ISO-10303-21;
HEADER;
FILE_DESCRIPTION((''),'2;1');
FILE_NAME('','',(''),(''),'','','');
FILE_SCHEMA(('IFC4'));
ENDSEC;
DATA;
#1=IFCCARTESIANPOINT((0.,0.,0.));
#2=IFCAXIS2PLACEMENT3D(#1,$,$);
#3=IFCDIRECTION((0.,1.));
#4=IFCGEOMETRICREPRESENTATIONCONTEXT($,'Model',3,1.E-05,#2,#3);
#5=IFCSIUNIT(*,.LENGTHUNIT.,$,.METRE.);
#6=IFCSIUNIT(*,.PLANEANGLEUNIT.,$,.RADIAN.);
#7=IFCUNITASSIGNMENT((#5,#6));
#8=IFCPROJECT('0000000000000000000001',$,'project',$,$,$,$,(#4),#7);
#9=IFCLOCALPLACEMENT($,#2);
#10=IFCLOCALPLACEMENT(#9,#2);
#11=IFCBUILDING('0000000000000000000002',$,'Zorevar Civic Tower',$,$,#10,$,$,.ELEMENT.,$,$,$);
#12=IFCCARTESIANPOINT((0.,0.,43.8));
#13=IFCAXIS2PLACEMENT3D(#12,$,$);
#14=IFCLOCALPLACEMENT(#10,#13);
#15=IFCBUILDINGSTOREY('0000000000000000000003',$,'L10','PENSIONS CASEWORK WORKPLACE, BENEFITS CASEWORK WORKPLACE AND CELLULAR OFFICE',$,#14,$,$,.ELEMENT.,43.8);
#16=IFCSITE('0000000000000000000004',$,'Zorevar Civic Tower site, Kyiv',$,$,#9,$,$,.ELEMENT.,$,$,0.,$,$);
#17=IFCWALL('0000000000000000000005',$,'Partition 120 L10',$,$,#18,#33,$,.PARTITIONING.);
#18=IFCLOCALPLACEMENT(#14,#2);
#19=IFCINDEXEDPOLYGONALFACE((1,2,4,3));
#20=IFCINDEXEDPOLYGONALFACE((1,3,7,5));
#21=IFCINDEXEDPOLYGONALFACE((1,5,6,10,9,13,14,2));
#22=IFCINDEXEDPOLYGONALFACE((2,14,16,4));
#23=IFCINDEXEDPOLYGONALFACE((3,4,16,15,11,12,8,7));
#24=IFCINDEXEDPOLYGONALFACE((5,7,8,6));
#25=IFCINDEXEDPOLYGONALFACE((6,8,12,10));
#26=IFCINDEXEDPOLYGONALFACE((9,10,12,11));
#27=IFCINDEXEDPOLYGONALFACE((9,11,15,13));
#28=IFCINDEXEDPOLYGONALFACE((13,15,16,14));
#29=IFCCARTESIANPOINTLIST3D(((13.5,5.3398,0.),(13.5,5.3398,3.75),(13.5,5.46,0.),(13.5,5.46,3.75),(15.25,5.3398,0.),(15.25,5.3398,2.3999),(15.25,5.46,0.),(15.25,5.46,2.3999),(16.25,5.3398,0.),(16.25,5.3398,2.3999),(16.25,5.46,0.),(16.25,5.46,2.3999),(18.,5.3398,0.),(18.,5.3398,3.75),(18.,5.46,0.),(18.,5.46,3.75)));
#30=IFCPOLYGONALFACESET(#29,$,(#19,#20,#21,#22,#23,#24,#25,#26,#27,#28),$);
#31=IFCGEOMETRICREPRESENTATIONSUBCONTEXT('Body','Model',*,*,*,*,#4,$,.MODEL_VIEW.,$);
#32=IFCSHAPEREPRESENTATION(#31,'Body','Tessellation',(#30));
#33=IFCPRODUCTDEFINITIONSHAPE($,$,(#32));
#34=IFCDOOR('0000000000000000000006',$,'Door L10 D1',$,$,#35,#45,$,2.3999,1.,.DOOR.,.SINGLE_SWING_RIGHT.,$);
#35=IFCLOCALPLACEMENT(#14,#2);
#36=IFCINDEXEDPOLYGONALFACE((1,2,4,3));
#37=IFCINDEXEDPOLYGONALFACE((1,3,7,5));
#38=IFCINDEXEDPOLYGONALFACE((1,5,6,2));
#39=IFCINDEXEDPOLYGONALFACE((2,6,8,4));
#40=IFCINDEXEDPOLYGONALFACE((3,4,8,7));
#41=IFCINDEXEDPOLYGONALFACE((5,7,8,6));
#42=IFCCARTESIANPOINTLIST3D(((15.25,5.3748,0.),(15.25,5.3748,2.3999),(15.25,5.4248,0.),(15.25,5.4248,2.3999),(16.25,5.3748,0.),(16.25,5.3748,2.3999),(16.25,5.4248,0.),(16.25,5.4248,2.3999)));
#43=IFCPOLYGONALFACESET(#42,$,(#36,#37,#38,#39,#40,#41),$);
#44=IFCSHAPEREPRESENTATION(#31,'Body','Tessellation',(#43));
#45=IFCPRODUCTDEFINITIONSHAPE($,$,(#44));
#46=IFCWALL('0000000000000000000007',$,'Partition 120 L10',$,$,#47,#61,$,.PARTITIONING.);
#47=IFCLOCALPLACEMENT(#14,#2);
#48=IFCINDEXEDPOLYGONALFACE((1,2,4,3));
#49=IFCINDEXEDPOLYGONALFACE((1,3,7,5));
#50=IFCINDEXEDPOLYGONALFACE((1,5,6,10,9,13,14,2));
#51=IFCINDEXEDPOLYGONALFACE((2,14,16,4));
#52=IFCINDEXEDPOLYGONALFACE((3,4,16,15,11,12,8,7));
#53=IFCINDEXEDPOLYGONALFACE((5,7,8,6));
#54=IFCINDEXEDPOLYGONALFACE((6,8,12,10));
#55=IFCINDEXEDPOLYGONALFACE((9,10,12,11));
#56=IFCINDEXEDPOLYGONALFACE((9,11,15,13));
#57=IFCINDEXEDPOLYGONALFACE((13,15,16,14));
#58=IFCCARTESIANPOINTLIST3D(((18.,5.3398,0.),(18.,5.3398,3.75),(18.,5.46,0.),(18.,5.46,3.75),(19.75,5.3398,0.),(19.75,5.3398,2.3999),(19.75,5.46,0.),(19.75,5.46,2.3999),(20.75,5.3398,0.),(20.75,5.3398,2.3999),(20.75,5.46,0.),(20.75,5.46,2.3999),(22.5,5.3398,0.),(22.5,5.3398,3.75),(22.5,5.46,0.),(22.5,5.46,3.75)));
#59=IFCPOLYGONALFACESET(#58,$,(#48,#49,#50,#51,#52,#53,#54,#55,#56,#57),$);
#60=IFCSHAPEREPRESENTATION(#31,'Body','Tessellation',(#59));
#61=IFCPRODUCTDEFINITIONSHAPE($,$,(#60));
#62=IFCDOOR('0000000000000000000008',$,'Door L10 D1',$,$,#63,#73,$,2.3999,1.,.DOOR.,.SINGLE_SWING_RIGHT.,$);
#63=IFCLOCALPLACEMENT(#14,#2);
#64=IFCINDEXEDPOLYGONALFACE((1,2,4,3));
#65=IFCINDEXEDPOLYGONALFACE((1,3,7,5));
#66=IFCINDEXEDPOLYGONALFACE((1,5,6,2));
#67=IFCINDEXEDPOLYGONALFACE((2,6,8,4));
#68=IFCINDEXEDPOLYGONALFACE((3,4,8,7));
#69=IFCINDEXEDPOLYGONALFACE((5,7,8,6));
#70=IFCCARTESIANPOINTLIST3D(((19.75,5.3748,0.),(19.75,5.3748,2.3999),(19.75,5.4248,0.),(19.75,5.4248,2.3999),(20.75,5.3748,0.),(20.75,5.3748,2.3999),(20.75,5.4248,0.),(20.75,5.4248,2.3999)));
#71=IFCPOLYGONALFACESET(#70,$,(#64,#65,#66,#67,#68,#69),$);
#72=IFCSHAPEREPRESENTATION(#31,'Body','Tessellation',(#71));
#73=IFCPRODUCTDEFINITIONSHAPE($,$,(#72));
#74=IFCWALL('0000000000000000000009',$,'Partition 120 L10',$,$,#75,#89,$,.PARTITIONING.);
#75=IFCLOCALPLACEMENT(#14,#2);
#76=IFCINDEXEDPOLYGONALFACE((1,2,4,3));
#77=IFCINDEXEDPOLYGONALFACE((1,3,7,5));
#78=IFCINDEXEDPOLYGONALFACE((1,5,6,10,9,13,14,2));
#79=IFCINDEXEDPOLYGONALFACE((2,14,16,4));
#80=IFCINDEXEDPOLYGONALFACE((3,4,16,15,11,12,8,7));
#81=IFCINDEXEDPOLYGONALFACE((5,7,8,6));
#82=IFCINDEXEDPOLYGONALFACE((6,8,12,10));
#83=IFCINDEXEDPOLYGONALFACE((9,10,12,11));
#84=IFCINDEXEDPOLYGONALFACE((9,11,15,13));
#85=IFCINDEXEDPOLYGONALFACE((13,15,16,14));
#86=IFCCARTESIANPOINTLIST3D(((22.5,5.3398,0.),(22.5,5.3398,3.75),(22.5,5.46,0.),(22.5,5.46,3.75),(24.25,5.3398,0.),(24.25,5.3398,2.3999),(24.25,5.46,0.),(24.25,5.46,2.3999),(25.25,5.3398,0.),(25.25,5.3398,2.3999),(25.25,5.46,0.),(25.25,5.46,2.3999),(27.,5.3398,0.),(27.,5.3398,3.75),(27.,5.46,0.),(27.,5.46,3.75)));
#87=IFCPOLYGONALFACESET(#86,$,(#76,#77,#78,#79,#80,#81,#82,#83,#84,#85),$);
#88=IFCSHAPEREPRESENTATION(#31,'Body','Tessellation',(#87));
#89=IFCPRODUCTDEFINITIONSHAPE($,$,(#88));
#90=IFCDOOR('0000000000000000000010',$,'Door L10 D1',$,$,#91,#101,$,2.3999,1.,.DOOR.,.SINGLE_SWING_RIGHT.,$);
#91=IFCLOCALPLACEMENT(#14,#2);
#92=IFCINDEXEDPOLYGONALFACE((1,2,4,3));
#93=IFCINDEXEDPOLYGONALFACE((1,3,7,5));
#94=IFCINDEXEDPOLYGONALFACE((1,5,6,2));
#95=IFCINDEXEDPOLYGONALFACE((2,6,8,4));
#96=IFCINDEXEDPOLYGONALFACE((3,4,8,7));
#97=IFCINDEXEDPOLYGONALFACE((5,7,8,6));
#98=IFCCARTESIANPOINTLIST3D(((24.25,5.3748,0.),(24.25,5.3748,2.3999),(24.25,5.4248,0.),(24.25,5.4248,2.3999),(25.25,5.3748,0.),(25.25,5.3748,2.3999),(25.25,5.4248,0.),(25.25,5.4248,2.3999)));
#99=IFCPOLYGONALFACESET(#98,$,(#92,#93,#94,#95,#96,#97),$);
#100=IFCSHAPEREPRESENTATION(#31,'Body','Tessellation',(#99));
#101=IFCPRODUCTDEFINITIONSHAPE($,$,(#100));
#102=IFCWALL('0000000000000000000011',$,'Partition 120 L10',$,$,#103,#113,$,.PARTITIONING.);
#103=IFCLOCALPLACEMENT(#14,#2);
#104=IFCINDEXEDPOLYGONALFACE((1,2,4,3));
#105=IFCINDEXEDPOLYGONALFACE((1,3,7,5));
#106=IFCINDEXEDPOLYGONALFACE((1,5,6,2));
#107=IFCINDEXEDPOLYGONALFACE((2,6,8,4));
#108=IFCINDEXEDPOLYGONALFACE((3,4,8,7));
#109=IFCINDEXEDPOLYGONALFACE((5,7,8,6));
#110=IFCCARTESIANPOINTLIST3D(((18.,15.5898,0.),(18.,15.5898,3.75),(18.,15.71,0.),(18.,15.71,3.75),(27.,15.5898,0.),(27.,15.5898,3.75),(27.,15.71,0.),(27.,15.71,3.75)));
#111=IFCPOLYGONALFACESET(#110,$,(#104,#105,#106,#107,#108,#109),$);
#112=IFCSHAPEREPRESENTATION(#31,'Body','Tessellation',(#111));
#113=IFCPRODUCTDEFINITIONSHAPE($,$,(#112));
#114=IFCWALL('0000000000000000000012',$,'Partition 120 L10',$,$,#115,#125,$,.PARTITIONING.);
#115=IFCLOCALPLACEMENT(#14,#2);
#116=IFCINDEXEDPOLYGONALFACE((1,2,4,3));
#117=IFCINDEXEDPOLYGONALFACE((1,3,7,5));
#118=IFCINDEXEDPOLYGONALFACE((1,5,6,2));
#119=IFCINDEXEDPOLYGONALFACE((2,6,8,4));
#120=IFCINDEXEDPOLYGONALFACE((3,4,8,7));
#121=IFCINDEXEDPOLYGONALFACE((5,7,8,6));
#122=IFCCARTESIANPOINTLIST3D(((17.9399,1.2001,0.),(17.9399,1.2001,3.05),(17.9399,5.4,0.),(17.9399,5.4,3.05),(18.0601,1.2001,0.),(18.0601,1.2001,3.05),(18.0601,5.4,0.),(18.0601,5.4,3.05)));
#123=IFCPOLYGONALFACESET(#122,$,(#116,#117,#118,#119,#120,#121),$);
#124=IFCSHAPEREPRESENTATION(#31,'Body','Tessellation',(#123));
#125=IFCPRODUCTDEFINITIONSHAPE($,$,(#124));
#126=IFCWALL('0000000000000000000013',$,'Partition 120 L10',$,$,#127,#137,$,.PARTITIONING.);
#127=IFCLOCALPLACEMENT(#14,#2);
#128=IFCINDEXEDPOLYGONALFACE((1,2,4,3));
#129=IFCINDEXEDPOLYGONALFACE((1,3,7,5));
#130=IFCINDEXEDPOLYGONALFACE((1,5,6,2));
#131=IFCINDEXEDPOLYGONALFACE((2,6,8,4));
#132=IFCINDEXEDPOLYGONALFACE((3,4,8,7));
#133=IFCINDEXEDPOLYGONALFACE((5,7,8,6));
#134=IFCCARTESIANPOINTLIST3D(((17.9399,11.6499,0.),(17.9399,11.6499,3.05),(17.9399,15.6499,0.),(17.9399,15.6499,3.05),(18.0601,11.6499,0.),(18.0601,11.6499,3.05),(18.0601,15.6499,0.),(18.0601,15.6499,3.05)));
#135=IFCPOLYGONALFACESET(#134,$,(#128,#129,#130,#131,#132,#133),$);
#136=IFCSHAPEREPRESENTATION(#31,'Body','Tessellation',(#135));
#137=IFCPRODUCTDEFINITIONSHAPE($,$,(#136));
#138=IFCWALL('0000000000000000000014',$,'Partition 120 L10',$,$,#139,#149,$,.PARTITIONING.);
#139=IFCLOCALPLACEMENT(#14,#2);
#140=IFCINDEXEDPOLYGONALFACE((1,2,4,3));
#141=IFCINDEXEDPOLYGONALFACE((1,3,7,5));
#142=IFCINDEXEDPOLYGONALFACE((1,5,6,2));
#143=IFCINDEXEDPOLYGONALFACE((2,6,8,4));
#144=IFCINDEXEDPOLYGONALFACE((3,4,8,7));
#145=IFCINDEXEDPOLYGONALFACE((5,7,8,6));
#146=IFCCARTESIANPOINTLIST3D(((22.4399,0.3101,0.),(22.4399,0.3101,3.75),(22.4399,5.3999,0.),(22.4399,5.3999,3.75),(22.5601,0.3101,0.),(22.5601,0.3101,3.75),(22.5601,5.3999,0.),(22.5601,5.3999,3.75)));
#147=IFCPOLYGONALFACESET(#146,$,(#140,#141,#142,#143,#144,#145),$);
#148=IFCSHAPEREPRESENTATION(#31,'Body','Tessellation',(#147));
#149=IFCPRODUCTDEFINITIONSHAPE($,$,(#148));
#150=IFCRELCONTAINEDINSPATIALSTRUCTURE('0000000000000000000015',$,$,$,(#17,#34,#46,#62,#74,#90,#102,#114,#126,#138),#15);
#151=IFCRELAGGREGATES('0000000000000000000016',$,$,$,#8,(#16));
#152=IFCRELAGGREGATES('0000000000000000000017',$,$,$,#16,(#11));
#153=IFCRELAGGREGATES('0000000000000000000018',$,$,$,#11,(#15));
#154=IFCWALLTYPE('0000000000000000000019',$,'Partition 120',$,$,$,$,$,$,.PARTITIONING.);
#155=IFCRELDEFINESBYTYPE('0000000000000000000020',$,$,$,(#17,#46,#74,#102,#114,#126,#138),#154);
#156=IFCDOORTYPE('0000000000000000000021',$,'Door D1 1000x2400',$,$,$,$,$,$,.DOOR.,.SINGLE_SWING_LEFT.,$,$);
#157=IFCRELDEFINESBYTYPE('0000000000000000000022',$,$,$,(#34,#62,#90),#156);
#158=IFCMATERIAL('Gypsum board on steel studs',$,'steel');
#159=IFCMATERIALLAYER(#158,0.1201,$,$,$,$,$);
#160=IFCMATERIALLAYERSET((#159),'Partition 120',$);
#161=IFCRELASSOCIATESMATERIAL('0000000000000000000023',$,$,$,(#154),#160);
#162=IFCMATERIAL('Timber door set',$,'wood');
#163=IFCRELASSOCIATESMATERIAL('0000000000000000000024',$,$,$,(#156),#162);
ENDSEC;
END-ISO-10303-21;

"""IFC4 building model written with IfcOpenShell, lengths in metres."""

from ifc_helpers import new_model, si_unit, direction, frame, frame_2d, origin, place, context, subcontext, project, spatial, rectangle, extrude, material, layer, layer_set, type_object, element, fill, save


model = new_model("IFC4")

# Units and contexts
model_context = context("Model", 3, precision=1e-05, world=origin(), true_north=direction((0.0, 1.0)))
body_context = subcontext(model_context, "Body", "Model", "MODEL_VIEW")
ifc_project = project(units=[si_unit("LENGTHUNIT", "METRE"), si_unit("PLANEANGLEUNIT", "RADIAN")], contexts=[model_context])

# Site, building, storey
site_placement = place(None, origin())
site = spatial("IfcSite", under=ifc_project, at=site_placement, Name="Zorevar Civic Tower site, Kyiv", CompositionType="ELEMENT", RefElevation=0.0)
building_placement = place(site_placement, origin())
building = spatial("IfcBuilding", under=site, at=building_placement, Name="Zorevar Civic Tower", CompositionType="ELEMENT")
storey_placement = place(building_placement, frame((0.0, 0.0, 43.8)))
storey = spatial("IfcBuildingStorey", under=building, at=storey_placement, Name="L10", Description="PENSIONS CASEWORK WORKPLACE, BENEFITS CASEWORK WORKPLACE AND CELLULAR OFFICE", CompositionType="ELEMENT", Elevation=43.8)

# Walls, openings, doors
ifc_material_1 = material(Name="Gypsum board on steel studs", Category="steel")
ifc_layer_1 = layer(ifc_material_1, 0.1201)
ifc_layer_set_1 = layer_set([ifc_layer_1], Name="Partition 120")
wall_type_1 = type_object("IfcWallType", Name="Partition 120", PredefinedType="PARTITIONING", material=ifc_layer_set_1)
wall_1_placement = place(storey_placement, frame((13.5, 5.3999, 0.0), z_axis=(0.0, 0.0, 1.0), x_axis=(1.0, 0.0, 0.0)))
wall_1 = element("IfcWall", 1, at=wall_1_placement, inside=storey, type_object=wall_type_1, Name="Partition 120 L10", PredefinedType="PARTITIONING", context=body_context, shape_type="SweptSolid", body=[
    extrude(rectangle(XDim=4.5, YDim=0.1201, at=frame_2d((2.25, 0.0))), origin(), (0.0, 0.0, 1.0), 3.75),
])
opening_1_placement = place(wall_1_placement, frame((1.75, 0.0, 0.0)))
opening_1 = element("IfcOpeningElement", 2, at=opening_1_placement, cuts=wall_1, PredefinedType="OPENING", context=body_context, shape_type="SweptSolid", body=[
    extrude(rectangle(XDim=1.0, YDim=2.3999, at=frame_2d((0.5, 1.2))), frame((0.0, 0.0701, 0.0), z_axis=(0.0, -1.0, 0.0), x_axis=(1.0, 0.0, 0.0)), (0.0, 0.0, 1.0), 0.1401),
])
ifc_material_2 = material(Name="Timber door set", Category="wood")
door_type_1 = type_object("IfcDoorType", Name="Door D1 1000x2400", OperationType="SINGLE_SWING_LEFT", PredefinedType="DOOR", material=ifc_material_2)
door_1_placement = place(opening_1_placement, origin())
door_1 = element("IfcDoor", 3, at=door_1_placement, inside=storey, type_object=door_type_1, Name="Door L10 D1", OperationType="SINGLE_SWING_RIGHT", OverallHeight=2.3999, OverallWidth=1.0, PredefinedType="DOOR", context=body_context, shape_type="SweptSolid", body=[
    extrude(rectangle(XDim=1.0, YDim=2.3999, at=frame_2d((0.5, 1.2))), frame((0.0, 0.0249, 0.0), z_axis=(0.0, -1.0, 0.0), x_axis=(1.0, 0.0, 0.0)), (0.0, 0.0, 1.0), 0.05),
])
fill(opening_1, door_1)
wall_2_placement = place(storey_placement, frame((18.0, 5.3999, 0.0), z_axis=(0.0, 0.0, 1.0), x_axis=(1.0, 0.0, 0.0)))
wall_2 = element("IfcWall", 4, at=wall_2_placement, inside=storey, type_object=wall_type_1, Name="Partition 120 L10", PredefinedType="PARTITIONING", context=body_context, shape_type="SweptSolid", body=[
    extrude(rectangle(XDim=4.5, YDim=0.1201, at=frame_2d((2.25, 0.0))), origin(), (0.0, 0.0, 1.0), 3.75),
])
opening_2_placement = place(wall_2_placement, frame((1.75, 0.0, 0.0)))
opening_2 = element("IfcOpeningElement", 5, at=opening_2_placement, cuts=wall_2, PredefinedType="OPENING", context=body_context, shape_type="SweptSolid", body=[
    extrude(rectangle(XDim=1.0, YDim=2.3999, at=frame_2d((0.5, 1.2))), frame((0.0, 0.0701, 0.0), z_axis=(0.0, -1.0, 0.0), x_axis=(1.0, 0.0, 0.0)), (0.0, 0.0, 1.0), 0.1401),
])
door_2_placement = place(opening_2_placement, origin())
door_2 = element("IfcDoor", 6, at=door_2_placement, inside=storey, type_object=door_type_1, Name="Door L10 D1", OperationType="SINGLE_SWING_RIGHT", OverallHeight=2.3999, OverallWidth=1.0, PredefinedType="DOOR", context=body_context, shape_type="SweptSolid", body=[
    extrude(rectangle(XDim=1.0, YDim=2.3999, at=frame_2d((0.5, 1.2))), frame((0.0, 0.0249, 0.0), z_axis=(0.0, -1.0, 0.0), x_axis=(1.0, 0.0, 0.0)), (0.0, 0.0, 1.0), 0.05),
])
fill(opening_2, door_2)
wall_3_placement = place(storey_placement, frame((22.5, 5.3999, 0.0), z_axis=(0.0, 0.0, 1.0), x_axis=(1.0, 0.0, 0.0)))
wall_3 = element("IfcWall", 7, at=wall_3_placement, inside=storey, type_object=wall_type_1, Name="Partition 120 L10", PredefinedType="PARTITIONING", context=body_context, shape_type="SweptSolid", body=[
    extrude(rectangle(XDim=4.5, YDim=0.1201, at=frame_2d((2.25, 0.0))), origin(), (0.0, 0.0, 1.0), 3.75),
])
opening_3_placement = place(wall_3_placement, frame((1.75, 0.0, 0.0)))
opening_3 = element("IfcOpeningElement", 8, at=opening_3_placement, cuts=wall_3, PredefinedType="OPENING", context=body_context, shape_type="SweptSolid", body=[
    extrude(rectangle(XDim=1.0, YDim=2.3999, at=frame_2d((0.5, 1.2))), frame((0.0, 0.0701, 0.0), z_axis=(0.0, -1.0, 0.0), x_axis=(1.0, 0.0, 0.0)), (0.0, 0.0, 1.0), 0.1401),
])
door_3_placement = place(opening_3_placement, origin())
door_3 = element("IfcDoor", 9, at=door_3_placement, inside=storey, type_object=door_type_1, Name="Door L10 D1", OperationType="SINGLE_SWING_RIGHT", OverallHeight=2.3999, OverallWidth=1.0, PredefinedType="DOOR", context=body_context, shape_type="SweptSolid", body=[
    extrude(rectangle(XDim=1.0, YDim=2.3999, at=frame_2d((0.5, 1.2))), frame((0.0, 0.0249, 0.0), z_axis=(0.0, -1.0, 0.0), x_axis=(1.0, 0.0, 0.0)), (0.0, 0.0, 1.0), 0.05),
])
fill(opening_3, door_3)

# Walls
wall_4_placement = place(storey_placement, frame((18.0, 15.6499, 0.0), z_axis=(0.0, 0.0, 1.0), x_axis=(1.0, 0.0, 0.0)))
element("IfcWall", 10, at=wall_4_placement, inside=storey, type_object=wall_type_1, Name="Partition 120 L10", PredefinedType="PARTITIONING", context=body_context, shape_type="SweptSolid", body=[
    extrude(rectangle(XDim=9.0, YDim=0.1201, at=frame_2d((4.5, 0.0))), origin(), (0.0, 0.0, 1.0), 3.75),
])
wall_5_placement = place(storey_placement, frame((18.0, 1.2, 0.0), z_axis=(0.0, 0.0, 1.0), x_axis=(0.0, 1.0, 0.0)))
element("IfcWall", 11, at=wall_5_placement, inside=storey, type_object=wall_type_1, Name="Partition 120 L10", PredefinedType="PARTITIONING", context=body_context, shape_type="SweptSolid", body=[
    extrude(rectangle(XDim=4.2, YDim=0.1201, at=frame_2d((2.1001, 0.0))), origin(), (0.0, 0.0, 1.0), 3.05),
])
wall_6_placement = place(storey_placement, frame((18.0, 11.6499, 0.0), z_axis=(0.0, 0.0, 1.0), x_axis=(0.0, 1.0, 0.0)))
element("IfcWall", 12, at=wall_6_placement, inside=storey, type_object=wall_type_1, Name="Partition 120 L10", PredefinedType="PARTITIONING", context=body_context, shape_type="SweptSolid", body=[
    extrude(rectangle(XDim=4.0, YDim=0.1201, at=frame_2d((2.0, 0.0))), origin(), (0.0, 0.0, 1.0), 3.05),
])
wall_7_placement = place(storey_placement, frame((22.5, 0.3101, 0.0), z_axis=(0.0, 0.0, 1.0), x_axis=(0.0, 1.0, 0.0)))
element("IfcWall", 13, at=wall_7_placement, inside=storey, type_object=wall_type_1, Name="Partition 120 L10", PredefinedType="PARTITIONING", context=body_context, shape_type="SweptSolid", body=[
    extrude(rectangle(XDim=5.0898, YDim=0.1201, at=frame_2d((2.5449, 0.0))), origin(), (0.0, 0.0, 1.0), 3.75),
])

save(model, "model.ifc")
